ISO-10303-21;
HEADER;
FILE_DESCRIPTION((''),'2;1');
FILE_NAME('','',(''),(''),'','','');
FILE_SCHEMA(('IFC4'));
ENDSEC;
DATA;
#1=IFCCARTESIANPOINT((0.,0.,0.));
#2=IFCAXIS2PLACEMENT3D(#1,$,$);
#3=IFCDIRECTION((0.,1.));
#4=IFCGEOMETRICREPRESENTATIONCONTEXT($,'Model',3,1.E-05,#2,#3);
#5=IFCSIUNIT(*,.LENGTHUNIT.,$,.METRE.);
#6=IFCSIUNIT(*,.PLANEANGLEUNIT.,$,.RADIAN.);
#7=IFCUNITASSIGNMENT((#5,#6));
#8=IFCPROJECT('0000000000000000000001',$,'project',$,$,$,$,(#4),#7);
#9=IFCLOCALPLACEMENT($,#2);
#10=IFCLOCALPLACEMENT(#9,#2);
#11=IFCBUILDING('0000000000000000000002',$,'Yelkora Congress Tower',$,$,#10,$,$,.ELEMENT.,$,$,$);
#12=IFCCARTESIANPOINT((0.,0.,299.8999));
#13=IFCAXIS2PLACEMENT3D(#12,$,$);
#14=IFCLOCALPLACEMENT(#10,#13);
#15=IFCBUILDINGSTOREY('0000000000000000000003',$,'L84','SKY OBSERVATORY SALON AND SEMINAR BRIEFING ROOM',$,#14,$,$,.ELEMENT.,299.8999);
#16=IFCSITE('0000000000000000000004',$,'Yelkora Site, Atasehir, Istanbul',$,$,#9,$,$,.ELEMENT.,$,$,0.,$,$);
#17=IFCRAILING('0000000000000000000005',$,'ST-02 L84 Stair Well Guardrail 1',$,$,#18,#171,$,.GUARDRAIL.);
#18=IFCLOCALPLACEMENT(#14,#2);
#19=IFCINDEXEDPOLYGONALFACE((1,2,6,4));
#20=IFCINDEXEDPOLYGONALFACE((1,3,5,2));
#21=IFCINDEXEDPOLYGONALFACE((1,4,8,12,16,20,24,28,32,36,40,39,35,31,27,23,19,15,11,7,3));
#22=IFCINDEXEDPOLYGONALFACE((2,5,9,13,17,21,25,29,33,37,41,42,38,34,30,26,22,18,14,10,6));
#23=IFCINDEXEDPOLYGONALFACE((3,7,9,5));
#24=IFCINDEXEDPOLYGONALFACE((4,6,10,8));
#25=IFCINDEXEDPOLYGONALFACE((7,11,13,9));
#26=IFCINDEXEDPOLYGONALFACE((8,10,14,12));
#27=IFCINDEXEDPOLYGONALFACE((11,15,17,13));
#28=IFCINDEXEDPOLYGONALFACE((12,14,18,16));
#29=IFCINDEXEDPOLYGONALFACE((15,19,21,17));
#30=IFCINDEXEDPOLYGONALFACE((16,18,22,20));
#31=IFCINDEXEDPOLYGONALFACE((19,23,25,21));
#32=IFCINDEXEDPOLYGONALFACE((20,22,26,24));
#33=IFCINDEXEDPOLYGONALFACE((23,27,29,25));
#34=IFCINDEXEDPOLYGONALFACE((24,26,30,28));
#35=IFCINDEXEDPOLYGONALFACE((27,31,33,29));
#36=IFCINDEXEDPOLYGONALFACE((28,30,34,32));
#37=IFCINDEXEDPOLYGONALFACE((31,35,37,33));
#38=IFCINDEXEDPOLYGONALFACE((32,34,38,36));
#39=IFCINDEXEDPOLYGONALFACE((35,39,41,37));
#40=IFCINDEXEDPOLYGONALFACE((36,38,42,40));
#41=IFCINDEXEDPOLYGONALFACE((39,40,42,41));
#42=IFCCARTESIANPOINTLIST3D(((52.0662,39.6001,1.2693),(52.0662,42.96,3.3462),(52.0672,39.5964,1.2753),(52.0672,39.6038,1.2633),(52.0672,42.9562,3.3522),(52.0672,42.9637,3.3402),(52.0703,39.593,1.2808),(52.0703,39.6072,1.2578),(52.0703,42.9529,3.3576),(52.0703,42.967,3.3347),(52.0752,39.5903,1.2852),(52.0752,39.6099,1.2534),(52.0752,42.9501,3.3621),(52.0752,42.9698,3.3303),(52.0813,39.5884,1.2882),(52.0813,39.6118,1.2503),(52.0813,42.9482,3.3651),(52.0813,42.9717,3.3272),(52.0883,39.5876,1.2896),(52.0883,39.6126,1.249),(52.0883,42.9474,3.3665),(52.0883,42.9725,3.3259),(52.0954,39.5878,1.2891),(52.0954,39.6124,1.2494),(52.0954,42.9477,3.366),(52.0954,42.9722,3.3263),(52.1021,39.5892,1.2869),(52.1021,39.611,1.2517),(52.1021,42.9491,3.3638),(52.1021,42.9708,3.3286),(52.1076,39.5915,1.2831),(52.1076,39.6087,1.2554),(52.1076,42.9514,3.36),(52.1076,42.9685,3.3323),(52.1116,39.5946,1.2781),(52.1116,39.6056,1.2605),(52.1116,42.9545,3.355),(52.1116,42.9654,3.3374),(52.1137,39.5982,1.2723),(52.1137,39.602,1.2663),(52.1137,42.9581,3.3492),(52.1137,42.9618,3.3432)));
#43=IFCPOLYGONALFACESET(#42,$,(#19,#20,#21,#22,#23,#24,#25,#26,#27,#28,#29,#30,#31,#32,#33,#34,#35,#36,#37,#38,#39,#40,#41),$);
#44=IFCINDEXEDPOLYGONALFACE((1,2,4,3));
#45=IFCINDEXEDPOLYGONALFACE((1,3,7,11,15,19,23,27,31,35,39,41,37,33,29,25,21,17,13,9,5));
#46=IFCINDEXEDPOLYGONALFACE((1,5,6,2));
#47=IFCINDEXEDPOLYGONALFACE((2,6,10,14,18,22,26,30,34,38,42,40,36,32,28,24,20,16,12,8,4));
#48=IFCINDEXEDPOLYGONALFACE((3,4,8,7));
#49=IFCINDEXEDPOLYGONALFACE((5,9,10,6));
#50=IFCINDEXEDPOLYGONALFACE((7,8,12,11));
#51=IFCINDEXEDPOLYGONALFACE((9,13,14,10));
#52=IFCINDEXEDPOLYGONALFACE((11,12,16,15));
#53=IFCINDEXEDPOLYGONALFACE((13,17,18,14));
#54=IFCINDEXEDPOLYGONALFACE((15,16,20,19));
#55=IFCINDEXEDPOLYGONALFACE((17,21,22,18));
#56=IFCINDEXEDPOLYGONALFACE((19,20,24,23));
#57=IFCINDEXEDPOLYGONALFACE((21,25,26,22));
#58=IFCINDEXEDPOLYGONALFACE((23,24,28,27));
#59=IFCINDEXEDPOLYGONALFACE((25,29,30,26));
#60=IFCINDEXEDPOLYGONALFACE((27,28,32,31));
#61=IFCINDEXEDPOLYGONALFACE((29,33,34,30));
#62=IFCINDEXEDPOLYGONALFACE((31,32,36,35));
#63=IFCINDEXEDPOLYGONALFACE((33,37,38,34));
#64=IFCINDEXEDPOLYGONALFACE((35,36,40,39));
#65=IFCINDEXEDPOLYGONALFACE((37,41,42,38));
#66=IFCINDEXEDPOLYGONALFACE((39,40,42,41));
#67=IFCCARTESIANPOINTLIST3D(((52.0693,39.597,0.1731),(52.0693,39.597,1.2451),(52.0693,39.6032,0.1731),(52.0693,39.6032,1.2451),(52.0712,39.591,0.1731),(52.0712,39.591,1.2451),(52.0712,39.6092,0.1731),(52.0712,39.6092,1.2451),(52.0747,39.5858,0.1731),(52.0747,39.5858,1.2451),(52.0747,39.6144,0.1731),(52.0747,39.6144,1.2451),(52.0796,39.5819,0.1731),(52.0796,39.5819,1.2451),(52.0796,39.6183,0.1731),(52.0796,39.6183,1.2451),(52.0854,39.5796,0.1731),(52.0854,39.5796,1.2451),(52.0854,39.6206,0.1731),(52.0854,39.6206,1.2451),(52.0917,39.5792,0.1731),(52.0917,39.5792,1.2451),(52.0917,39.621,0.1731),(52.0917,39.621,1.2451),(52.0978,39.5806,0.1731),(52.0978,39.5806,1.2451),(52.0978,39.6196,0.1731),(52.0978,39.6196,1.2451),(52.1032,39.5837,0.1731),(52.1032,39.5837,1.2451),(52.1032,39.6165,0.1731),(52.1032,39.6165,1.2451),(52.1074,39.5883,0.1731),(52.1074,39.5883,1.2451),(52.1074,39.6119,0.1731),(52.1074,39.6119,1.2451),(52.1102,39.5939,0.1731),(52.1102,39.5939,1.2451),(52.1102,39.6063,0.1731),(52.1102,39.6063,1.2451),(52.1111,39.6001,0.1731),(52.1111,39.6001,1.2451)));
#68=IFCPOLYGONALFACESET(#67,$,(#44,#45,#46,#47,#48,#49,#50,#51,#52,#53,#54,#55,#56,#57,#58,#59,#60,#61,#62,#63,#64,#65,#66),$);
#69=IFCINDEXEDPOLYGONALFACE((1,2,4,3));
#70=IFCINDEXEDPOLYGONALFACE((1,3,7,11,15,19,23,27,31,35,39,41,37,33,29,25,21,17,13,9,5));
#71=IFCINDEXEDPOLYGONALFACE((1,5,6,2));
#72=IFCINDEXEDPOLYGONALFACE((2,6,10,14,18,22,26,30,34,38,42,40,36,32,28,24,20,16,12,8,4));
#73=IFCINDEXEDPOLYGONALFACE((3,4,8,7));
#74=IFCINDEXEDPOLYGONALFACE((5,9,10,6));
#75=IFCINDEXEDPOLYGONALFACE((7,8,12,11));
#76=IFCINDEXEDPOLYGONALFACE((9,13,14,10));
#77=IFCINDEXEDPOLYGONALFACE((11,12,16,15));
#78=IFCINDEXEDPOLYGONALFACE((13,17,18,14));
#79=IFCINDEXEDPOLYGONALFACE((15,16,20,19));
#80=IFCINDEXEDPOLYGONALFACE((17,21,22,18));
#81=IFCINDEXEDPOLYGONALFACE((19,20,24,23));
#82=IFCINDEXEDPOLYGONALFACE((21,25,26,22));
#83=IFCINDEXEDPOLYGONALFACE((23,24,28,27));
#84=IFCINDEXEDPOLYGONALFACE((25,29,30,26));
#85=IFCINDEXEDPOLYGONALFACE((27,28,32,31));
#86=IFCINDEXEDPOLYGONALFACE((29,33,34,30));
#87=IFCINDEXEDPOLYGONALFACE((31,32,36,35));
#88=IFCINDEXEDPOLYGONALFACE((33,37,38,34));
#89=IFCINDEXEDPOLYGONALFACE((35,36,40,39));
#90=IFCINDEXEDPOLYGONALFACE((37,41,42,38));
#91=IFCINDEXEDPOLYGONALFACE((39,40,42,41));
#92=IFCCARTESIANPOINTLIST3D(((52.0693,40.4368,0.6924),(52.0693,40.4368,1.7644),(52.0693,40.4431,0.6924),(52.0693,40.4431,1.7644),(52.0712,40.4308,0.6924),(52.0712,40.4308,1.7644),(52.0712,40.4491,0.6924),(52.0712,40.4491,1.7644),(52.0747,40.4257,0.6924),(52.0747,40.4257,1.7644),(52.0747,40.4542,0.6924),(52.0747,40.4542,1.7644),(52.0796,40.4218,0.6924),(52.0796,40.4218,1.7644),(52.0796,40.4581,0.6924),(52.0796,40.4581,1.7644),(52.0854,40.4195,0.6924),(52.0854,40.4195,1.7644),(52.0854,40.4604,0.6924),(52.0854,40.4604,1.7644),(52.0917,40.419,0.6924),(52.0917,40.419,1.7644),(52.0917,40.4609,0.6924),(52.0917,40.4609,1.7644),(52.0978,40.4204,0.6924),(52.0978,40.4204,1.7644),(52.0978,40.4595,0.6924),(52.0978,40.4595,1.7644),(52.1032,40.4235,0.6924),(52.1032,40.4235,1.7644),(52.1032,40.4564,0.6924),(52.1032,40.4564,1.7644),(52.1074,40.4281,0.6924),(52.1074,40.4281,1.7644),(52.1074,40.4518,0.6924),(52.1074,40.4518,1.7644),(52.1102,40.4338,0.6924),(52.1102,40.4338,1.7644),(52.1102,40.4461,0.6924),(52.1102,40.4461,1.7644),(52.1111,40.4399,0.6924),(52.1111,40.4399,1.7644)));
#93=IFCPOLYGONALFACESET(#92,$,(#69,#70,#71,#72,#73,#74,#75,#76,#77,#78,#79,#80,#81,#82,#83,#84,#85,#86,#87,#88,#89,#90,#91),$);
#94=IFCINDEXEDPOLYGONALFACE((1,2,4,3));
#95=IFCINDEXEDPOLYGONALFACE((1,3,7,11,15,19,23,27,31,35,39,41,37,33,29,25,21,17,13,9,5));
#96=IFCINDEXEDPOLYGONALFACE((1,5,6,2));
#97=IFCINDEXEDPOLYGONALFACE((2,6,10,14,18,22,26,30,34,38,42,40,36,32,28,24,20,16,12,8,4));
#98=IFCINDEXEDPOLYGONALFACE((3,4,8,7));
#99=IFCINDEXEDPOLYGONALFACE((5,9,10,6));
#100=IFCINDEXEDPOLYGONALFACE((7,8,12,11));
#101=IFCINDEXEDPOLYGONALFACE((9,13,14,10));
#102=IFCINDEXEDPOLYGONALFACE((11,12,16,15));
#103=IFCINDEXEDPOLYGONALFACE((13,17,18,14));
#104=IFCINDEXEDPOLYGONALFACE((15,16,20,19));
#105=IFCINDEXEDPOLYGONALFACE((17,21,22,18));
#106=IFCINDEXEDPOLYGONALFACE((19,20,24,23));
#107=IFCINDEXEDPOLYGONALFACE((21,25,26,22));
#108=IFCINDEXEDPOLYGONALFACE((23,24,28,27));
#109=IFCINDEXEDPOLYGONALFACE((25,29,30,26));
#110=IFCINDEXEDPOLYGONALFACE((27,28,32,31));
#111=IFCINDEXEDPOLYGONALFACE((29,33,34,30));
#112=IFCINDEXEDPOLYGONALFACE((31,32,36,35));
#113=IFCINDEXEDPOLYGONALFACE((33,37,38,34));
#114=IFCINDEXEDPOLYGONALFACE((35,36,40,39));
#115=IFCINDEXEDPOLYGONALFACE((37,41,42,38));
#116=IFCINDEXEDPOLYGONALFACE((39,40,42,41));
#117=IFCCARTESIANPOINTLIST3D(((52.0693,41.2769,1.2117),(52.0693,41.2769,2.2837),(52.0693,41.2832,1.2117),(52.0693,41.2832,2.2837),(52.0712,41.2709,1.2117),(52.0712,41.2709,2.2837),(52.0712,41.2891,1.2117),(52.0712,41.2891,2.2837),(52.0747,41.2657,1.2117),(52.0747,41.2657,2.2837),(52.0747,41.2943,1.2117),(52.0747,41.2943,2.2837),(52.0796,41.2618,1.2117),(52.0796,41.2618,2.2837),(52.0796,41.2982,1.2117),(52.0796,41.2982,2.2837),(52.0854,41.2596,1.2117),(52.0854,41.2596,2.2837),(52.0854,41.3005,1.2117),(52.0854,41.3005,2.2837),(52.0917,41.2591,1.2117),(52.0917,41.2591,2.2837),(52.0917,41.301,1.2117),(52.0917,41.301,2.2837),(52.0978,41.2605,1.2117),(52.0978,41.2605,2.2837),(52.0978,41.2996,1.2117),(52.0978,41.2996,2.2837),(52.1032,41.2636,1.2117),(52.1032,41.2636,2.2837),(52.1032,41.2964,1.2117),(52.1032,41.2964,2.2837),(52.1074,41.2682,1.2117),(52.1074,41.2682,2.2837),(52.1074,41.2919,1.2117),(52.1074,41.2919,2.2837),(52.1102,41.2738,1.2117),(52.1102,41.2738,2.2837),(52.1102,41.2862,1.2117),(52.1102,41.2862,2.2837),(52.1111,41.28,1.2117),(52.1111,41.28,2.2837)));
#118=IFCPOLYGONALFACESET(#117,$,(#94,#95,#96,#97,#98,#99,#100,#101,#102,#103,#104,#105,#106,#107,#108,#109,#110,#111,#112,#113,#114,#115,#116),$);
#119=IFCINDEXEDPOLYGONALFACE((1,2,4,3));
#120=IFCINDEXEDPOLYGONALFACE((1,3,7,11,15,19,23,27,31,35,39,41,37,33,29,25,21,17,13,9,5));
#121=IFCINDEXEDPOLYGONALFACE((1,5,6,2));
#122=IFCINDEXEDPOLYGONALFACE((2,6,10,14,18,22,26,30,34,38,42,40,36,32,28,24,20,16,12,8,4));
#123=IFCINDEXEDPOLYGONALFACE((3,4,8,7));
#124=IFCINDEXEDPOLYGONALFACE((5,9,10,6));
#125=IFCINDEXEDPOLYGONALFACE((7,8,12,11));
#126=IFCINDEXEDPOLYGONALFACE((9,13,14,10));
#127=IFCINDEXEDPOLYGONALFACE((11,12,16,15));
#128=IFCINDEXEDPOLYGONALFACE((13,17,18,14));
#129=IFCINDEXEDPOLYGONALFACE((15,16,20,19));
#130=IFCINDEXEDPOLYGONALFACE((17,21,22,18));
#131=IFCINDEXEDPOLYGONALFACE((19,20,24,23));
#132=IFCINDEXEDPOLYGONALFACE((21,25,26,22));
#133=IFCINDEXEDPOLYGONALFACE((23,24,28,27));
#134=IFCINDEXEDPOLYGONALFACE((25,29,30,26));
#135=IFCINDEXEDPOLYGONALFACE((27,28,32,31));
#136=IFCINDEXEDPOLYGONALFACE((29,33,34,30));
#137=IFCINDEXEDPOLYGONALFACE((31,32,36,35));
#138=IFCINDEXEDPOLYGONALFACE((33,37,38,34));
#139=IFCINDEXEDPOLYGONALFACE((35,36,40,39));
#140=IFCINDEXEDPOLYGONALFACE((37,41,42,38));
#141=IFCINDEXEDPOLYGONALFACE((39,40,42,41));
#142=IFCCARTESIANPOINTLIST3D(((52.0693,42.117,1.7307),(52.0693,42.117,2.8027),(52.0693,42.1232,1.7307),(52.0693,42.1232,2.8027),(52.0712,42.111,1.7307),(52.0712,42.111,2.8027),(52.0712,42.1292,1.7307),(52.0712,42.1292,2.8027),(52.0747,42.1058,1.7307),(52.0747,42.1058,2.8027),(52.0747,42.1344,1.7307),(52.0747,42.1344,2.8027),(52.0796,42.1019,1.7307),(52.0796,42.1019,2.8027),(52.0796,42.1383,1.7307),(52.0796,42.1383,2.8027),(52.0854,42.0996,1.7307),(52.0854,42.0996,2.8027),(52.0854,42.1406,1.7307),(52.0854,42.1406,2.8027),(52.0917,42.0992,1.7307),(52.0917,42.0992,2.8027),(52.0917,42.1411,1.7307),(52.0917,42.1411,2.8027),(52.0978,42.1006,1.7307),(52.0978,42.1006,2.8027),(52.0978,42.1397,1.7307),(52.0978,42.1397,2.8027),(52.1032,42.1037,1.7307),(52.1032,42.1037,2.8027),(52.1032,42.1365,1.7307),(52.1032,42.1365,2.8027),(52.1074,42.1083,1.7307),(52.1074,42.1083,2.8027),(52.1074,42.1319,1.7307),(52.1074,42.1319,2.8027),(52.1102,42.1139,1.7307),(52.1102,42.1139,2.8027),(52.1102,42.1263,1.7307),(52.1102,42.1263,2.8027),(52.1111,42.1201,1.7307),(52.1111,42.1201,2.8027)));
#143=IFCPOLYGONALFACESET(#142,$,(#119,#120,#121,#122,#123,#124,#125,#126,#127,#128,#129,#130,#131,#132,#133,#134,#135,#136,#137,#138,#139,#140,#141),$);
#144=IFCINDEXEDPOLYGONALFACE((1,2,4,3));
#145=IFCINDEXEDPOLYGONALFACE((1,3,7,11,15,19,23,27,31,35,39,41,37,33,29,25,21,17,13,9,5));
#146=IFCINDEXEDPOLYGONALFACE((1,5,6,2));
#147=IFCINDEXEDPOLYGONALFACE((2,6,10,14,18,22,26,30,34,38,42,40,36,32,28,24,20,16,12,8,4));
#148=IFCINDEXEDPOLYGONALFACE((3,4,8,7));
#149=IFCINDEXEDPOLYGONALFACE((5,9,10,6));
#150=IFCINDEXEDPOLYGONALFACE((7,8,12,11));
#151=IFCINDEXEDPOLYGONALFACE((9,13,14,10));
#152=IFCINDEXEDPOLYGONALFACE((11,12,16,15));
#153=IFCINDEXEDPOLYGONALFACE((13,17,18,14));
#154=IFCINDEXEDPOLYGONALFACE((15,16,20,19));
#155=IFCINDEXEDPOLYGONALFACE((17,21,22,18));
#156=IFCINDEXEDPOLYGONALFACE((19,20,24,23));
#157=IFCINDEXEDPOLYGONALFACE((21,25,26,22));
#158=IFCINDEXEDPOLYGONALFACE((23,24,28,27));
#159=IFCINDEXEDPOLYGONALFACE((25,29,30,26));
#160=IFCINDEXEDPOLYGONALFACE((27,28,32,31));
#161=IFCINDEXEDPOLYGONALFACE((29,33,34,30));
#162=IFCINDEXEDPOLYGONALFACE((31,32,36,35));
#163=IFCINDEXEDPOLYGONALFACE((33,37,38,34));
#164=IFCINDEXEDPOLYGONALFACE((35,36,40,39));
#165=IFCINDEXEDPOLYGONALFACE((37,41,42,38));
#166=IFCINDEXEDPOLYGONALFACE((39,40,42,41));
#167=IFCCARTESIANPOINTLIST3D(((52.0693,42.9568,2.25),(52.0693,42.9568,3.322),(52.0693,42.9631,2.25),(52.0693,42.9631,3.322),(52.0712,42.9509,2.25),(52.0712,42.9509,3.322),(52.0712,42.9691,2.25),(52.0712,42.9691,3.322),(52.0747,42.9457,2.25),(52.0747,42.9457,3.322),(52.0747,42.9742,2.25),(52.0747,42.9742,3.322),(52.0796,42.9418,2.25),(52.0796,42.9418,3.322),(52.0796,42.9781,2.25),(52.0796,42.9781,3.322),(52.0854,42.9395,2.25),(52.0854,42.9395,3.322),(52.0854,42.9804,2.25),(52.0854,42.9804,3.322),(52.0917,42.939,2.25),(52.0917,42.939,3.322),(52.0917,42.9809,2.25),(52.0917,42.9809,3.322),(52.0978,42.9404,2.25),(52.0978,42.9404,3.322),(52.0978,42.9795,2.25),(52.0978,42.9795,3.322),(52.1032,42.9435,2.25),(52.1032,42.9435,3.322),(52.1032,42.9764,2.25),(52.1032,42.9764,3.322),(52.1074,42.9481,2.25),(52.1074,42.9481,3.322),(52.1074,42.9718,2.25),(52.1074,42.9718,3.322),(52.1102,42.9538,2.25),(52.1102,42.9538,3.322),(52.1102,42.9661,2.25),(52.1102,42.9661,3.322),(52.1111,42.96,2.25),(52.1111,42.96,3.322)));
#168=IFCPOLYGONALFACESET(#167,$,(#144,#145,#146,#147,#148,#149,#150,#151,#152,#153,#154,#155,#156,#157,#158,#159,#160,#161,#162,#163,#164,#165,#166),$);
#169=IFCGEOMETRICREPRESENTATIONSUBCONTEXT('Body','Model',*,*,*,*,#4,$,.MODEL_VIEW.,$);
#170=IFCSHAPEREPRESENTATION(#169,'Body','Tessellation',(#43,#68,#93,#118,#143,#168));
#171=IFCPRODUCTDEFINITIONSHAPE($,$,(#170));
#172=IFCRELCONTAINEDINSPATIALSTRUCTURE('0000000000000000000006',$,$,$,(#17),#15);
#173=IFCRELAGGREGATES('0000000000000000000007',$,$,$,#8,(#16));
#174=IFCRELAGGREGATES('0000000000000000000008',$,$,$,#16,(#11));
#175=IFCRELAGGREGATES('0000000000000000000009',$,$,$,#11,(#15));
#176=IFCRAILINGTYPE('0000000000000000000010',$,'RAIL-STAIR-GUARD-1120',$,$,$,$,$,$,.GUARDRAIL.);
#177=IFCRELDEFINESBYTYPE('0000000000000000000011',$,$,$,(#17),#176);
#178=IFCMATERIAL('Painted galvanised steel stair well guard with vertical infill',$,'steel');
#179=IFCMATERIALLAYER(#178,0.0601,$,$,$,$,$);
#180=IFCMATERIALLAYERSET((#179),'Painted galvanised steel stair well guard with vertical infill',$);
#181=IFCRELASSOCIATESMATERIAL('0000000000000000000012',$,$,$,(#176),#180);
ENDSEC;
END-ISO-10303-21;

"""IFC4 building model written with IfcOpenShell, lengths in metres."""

from ifc_helpers import new_model, si_unit, direction, frame, origin, origin_2d, place, context, subcontext, project, spatial, circle, extrude, material, layer, layer_set, type_object, element, save


model = new_model("IFC4")

# Units and contexts
model_context = context("Model", 3, precision=1e-05, world=origin(), true_north=direction((0.0, 1.0)))
body_context = subcontext(model_context, "Body", "Model", "MODEL_VIEW")
ifc_project = project(units=[si_unit("LENGTHUNIT", "METRE"), si_unit("PLANEANGLEUNIT", "RADIAN")], contexts=[model_context])

# Site, building, storey
site_placement = place(None, origin())
site = spatial("IfcSite", under=ifc_project, at=site_placement, Name="Yelkora Site, Atasehir, Istanbul", CompositionType="ELEMENT", RefElevation=0.0)
building_placement = place(site_placement, origin())
building = spatial("IfcBuilding", under=site, at=building_placement, Name="Yelkora Congress Tower", CompositionType="ELEMENT")
storey_placement = place(building_placement, frame((0.0, 0.0, 299.8999)))
storey = spatial("IfcBuildingStorey", under=building, at=storey_placement, Name="L84", Description="SKY OBSERVATORY SALON AND SEMINAR BRIEFING ROOM", CompositionType="ELEMENT", Elevation=299.8999)

# Railing
ifc_material_1 = material(Name="Painted galvanised steel stair well guard with vertical infill", Category="steel")
ifc_layer_1 = layer(ifc_material_1, 0.0601)
ifc_layer_set_1 = layer_set([ifc_layer_1], Name="Painted galvanised steel stair well guard with vertical infill")
railing_type_1 = type_object("IfcRailingType", Name="RAIL-STAIR-GUARD-1120", PredefinedType="GUARDRAIL", material=ifc_layer_set_1)
railing_1_placement = place(storey_placement, frame((52.0901, 39.6001, 0.1731)))
element("IfcRailing", 1, at=railing_1_placement, inside=storey, type_object=railing_type_1, Name="ST-02 L84 Stair Well Guardrail 1", PredefinedType="GUARDRAIL", context=body_context, shape_type="SweptSolid", body=[
    extrude(circle(Radius=0.0239, at=origin_2d()), frame((0.0, 0.0, 1.0962), z_axis=(0.0, 0.850606, 0.525803), x_axis=(-1.0, 0.0, 0.0)), (0.0, 0.0, 1.0), 3.95),
    extrude(circle(Radius=0.021, at=origin_2d()), origin(), (0.0, 0.0, 1.0), 1.072),
    extrude(circle(Radius=0.021, at=origin_2d()), frame((0.0, 0.8398, 0.5193)), (0.0, 0.0, 1.0), 1.072),
    extrude(circle(Radius=0.021, at=origin_2d()), frame((0.0, 1.6799, 1.0386)), (0.0, 0.0, 1.0), 1.072),
    extrude(circle(Radius=0.021, at=origin_2d()), frame((0.0, 2.52, 1.5576)), (0.0, 0.0, 1.0), 1.072),
    extrude(circle(Radius=0.021, at=origin_2d()), frame((0.0, 3.3599, 2.0769)), (0.0, 0.0, 1.0), 1.072),
])

save(model, "model.ifc")
